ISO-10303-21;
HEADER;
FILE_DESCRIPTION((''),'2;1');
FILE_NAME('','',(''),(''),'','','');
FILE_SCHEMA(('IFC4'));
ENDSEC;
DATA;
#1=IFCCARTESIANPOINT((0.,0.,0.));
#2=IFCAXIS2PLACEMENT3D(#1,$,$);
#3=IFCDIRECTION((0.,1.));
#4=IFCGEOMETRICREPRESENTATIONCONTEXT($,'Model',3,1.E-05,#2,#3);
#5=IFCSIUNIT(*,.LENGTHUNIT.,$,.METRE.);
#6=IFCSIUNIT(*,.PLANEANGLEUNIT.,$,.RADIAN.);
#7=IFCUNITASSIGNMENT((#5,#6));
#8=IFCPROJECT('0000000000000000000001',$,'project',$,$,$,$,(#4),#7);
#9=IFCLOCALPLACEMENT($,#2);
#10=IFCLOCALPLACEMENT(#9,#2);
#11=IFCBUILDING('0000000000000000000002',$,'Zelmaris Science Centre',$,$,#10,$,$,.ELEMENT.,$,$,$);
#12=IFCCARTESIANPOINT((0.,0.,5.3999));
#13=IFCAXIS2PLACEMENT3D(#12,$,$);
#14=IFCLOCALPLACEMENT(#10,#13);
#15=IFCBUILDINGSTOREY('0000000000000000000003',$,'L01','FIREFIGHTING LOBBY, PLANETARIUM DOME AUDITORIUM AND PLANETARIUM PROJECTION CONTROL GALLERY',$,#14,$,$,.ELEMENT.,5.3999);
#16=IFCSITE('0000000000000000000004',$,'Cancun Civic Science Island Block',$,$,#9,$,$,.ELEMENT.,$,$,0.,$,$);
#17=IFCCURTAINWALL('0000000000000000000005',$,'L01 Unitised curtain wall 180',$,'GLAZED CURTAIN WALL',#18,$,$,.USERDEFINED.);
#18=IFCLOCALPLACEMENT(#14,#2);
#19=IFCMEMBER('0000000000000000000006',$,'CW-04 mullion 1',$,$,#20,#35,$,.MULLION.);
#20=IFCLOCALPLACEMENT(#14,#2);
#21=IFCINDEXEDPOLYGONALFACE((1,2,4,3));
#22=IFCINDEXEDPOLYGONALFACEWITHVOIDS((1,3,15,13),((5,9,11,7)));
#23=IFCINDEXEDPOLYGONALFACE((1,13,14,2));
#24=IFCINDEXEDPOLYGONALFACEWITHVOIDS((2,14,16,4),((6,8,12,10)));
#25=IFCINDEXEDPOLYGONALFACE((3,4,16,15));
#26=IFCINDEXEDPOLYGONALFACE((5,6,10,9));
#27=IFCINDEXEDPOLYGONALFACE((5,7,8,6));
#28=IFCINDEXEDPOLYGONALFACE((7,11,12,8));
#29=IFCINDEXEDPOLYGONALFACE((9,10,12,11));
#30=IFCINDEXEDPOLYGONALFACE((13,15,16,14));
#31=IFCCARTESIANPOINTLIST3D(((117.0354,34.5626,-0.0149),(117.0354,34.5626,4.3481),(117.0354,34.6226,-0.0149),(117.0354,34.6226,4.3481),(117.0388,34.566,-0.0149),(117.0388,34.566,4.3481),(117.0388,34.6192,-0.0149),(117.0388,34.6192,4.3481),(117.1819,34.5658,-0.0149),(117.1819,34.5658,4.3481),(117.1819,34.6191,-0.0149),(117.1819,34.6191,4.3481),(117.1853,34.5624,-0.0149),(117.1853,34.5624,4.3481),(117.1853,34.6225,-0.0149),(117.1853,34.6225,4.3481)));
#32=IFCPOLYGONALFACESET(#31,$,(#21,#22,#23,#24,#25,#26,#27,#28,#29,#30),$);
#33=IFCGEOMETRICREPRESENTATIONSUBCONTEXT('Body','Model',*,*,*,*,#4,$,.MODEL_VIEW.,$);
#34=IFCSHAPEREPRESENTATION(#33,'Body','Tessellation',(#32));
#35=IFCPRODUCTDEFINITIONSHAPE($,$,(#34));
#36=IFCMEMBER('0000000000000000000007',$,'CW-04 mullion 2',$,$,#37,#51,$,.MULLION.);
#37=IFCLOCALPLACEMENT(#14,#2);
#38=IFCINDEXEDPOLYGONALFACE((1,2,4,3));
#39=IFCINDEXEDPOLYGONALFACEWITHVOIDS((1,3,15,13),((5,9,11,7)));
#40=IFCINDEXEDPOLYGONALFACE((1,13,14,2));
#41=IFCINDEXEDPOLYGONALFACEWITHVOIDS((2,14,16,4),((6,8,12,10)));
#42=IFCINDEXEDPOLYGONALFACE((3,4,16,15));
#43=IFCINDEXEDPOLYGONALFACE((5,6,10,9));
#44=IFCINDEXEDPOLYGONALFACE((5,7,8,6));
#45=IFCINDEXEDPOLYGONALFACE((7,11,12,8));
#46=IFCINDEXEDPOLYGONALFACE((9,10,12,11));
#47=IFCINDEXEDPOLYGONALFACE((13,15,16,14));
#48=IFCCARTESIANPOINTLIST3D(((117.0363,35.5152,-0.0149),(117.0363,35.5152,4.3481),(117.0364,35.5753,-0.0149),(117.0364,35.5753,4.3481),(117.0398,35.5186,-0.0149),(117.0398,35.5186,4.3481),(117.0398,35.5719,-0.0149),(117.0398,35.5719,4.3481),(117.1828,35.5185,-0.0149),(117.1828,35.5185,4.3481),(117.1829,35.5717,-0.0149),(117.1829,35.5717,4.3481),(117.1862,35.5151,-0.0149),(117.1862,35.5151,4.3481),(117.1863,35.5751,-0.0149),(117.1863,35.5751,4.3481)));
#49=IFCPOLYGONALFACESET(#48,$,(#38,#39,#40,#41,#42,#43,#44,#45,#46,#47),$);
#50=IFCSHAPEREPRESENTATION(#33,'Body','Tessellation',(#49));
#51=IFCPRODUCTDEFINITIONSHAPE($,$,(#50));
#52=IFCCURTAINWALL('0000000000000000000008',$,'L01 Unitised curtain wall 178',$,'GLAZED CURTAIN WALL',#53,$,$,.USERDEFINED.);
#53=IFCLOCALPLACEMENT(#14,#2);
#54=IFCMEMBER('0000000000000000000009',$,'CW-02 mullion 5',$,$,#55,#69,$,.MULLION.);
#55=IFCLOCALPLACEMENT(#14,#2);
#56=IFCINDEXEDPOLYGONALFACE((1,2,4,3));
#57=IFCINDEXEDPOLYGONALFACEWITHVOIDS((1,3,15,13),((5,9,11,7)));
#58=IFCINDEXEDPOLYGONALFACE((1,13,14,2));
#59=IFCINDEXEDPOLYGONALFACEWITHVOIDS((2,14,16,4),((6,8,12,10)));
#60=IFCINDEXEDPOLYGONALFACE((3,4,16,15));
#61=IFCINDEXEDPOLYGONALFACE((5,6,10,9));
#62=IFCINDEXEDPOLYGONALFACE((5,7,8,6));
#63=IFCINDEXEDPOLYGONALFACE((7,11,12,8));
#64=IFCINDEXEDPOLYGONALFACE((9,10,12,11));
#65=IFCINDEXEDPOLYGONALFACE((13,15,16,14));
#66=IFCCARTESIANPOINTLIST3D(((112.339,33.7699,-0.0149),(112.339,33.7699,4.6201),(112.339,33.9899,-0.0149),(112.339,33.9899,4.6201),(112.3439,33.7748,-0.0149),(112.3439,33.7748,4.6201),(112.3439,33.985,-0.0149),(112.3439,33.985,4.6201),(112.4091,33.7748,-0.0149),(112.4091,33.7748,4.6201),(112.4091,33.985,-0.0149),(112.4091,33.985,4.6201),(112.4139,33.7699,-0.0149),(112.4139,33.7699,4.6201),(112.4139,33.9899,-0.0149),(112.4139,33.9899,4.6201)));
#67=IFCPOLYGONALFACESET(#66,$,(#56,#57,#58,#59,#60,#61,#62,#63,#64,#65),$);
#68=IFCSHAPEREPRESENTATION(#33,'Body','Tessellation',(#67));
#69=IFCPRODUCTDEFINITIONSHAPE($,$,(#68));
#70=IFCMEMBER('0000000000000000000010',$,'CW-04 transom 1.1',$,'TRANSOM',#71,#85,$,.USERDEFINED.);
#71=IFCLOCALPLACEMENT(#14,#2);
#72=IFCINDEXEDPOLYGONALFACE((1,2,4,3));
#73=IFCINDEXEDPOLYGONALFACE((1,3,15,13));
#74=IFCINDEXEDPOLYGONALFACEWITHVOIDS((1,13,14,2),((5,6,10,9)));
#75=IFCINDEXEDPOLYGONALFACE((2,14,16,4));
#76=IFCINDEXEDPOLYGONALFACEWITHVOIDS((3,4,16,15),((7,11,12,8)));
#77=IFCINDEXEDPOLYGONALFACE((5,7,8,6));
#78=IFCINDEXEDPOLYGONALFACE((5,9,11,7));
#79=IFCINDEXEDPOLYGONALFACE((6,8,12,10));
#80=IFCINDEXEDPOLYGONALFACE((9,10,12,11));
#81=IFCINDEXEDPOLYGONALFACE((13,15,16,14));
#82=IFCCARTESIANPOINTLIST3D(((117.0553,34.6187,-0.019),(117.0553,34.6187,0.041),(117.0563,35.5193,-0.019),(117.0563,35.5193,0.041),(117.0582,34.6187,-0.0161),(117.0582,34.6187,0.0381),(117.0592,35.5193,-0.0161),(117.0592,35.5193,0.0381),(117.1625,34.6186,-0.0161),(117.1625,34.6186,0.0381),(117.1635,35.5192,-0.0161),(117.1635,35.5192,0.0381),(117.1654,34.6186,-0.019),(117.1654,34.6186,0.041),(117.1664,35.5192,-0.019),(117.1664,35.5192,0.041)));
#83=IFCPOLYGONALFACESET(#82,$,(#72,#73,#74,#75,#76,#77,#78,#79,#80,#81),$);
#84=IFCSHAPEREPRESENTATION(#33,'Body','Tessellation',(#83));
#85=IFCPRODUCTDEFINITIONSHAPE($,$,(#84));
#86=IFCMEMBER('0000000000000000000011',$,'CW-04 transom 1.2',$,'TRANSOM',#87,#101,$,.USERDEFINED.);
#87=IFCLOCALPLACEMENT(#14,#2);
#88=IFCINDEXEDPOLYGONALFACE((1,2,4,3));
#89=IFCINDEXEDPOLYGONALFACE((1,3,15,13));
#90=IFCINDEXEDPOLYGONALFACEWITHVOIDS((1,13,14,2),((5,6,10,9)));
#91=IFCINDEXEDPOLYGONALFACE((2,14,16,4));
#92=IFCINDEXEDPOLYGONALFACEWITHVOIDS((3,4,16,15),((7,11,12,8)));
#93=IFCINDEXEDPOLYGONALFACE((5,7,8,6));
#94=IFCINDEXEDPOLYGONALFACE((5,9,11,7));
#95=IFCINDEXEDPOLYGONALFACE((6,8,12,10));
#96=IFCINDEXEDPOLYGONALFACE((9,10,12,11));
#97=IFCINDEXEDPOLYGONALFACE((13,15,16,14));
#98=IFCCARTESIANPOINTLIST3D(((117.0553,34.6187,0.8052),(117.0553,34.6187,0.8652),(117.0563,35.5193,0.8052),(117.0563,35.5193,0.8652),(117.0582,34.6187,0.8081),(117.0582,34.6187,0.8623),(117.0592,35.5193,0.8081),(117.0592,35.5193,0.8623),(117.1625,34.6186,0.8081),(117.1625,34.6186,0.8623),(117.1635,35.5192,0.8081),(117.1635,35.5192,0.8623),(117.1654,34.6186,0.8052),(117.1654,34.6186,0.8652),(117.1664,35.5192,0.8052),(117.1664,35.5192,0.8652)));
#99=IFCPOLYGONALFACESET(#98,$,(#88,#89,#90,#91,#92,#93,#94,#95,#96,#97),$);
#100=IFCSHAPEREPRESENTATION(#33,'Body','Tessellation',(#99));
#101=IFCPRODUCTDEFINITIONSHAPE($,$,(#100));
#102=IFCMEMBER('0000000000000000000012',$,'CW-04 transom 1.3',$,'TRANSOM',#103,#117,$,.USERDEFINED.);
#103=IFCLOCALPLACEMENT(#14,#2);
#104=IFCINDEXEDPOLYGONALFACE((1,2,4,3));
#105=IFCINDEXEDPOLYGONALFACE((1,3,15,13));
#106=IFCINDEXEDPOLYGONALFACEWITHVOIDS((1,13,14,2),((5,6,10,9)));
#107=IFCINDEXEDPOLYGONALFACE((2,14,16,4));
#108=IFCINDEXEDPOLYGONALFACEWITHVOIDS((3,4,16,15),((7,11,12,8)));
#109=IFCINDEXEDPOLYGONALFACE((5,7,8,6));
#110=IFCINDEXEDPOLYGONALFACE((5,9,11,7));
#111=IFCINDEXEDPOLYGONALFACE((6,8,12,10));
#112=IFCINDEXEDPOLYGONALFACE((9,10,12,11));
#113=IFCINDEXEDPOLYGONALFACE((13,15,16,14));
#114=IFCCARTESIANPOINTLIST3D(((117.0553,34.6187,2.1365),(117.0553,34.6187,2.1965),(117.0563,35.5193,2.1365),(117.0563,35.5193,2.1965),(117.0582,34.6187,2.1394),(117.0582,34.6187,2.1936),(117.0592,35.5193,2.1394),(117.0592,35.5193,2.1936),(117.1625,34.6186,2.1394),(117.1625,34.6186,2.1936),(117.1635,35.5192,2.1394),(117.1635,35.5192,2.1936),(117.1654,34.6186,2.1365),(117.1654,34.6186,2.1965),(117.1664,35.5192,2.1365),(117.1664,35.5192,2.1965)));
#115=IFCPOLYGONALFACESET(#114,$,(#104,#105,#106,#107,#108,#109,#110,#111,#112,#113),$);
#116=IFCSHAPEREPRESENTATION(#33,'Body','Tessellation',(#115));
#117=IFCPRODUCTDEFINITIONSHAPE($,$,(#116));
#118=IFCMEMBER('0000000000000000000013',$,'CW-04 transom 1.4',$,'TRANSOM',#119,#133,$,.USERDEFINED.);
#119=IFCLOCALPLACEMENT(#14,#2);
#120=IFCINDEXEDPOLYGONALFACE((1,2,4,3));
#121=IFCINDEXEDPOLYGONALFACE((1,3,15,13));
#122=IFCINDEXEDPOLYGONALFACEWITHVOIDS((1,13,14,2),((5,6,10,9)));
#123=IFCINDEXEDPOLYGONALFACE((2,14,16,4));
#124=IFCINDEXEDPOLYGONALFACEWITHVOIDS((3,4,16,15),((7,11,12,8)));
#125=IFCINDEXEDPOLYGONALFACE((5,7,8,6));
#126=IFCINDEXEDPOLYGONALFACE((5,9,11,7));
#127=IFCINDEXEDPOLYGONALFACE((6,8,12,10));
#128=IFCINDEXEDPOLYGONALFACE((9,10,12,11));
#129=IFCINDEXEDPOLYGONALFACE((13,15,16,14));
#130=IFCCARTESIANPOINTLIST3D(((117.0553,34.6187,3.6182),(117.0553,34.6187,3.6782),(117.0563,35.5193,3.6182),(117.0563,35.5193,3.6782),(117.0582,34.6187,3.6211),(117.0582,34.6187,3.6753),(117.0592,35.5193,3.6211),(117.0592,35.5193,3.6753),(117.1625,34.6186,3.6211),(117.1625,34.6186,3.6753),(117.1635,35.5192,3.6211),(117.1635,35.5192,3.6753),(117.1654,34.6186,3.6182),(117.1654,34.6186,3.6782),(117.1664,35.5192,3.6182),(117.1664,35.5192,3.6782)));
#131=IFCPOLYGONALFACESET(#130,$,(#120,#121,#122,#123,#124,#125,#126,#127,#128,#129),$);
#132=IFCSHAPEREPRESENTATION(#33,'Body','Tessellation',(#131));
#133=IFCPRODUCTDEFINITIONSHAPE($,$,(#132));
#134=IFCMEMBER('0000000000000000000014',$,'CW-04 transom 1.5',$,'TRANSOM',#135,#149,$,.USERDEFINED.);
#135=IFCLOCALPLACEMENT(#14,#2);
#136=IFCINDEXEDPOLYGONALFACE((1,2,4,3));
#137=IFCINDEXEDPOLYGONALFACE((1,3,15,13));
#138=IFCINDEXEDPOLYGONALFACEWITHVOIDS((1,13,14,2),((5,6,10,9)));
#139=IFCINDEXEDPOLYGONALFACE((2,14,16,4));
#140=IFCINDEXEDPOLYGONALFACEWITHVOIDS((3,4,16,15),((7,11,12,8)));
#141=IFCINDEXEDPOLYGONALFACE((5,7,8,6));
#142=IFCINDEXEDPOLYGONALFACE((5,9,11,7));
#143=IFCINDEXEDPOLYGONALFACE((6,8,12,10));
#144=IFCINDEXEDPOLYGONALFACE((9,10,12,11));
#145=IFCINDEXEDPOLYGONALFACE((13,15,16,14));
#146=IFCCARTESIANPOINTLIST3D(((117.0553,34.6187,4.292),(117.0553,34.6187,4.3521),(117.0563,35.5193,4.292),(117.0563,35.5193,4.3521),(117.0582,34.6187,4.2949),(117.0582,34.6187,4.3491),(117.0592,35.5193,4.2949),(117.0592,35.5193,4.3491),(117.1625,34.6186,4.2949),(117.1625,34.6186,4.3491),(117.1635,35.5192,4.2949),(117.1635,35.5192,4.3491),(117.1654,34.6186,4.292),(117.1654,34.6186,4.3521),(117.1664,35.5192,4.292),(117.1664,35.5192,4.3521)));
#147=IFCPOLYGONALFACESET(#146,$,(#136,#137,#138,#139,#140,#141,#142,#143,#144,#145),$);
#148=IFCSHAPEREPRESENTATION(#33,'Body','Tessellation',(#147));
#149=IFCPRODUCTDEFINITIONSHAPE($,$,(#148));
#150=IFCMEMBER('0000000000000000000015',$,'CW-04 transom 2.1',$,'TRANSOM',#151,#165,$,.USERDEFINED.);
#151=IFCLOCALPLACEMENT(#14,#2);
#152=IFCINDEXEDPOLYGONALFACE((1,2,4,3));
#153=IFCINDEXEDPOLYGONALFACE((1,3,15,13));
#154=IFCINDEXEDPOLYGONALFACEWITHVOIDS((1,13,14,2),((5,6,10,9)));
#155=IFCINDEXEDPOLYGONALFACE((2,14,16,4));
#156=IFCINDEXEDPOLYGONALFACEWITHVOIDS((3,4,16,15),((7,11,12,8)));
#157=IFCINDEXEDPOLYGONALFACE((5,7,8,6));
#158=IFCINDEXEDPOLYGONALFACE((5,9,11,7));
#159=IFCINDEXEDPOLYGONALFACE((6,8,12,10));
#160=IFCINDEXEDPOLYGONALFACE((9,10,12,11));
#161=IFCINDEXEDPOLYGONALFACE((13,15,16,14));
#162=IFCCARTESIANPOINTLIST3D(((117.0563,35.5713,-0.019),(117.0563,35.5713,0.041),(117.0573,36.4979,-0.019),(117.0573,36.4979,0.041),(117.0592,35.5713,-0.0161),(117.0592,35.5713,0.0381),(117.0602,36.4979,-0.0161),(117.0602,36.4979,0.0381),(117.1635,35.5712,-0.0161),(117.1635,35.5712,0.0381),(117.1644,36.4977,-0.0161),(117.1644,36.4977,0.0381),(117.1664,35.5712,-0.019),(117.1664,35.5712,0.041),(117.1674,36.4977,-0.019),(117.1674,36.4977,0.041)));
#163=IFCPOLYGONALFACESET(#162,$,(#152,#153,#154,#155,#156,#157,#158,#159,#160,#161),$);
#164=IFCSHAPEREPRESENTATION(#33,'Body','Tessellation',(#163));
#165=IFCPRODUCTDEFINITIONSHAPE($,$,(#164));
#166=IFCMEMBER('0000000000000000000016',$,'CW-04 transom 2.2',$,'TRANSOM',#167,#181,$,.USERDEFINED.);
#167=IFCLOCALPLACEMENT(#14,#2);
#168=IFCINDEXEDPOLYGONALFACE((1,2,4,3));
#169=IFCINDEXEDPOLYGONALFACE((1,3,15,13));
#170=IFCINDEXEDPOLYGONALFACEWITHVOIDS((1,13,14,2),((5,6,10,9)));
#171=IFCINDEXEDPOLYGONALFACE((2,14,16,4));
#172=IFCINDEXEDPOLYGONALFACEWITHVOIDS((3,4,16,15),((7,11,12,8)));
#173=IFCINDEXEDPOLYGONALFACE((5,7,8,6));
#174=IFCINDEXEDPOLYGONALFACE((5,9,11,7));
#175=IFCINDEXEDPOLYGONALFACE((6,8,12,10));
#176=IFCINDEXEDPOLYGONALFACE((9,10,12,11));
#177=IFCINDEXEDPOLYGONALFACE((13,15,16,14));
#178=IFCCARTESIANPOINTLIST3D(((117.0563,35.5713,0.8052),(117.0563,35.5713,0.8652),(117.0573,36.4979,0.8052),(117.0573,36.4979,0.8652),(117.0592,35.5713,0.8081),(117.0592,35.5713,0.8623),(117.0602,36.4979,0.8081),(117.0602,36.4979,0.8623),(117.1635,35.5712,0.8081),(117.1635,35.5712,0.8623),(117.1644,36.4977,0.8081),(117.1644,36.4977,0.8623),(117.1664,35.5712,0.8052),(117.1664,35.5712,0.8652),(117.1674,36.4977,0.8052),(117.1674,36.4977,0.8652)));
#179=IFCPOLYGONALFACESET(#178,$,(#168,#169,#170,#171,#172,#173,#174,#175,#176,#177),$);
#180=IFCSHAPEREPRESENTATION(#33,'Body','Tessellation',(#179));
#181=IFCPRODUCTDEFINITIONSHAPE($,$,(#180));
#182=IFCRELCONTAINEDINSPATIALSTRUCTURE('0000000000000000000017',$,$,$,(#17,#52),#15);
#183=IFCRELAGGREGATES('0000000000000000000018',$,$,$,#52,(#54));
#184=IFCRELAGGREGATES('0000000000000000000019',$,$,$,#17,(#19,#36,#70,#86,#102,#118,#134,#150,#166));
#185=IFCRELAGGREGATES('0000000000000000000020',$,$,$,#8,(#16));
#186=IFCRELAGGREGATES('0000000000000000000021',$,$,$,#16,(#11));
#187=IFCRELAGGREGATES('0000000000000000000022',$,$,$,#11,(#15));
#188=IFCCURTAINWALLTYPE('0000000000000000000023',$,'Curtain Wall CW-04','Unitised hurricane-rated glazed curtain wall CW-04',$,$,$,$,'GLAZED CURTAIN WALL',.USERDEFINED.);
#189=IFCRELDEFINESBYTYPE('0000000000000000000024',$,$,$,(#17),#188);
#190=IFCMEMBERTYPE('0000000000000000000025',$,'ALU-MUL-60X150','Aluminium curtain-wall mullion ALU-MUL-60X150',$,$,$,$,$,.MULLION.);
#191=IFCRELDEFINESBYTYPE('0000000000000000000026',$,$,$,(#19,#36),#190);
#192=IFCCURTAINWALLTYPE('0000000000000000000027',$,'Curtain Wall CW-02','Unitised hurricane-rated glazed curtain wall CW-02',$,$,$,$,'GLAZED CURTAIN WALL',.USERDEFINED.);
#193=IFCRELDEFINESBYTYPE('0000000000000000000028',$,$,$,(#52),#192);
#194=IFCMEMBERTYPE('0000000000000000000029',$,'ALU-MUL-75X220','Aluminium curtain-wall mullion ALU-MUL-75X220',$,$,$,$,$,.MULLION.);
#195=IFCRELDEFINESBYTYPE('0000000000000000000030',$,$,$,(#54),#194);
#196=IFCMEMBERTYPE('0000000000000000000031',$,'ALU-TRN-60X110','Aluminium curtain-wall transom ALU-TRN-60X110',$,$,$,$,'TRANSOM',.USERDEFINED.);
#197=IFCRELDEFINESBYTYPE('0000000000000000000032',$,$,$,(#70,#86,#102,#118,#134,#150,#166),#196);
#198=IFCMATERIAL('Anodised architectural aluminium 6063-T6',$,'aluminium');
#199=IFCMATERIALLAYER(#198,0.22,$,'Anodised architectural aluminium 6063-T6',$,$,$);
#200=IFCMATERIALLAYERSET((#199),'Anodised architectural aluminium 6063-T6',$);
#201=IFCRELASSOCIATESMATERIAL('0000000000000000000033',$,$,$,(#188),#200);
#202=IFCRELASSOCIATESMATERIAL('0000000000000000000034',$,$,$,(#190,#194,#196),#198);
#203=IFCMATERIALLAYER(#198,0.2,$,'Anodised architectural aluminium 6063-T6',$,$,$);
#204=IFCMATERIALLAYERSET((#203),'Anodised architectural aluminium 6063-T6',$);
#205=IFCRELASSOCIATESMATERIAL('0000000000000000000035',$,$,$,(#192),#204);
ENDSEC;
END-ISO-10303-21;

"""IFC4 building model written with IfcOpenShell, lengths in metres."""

from ifc_helpers import new_model, si_unit, direction, frame, origin, origin_2d, place, context, subcontext, project, spatial, hollow_rectangle, extrude, material, layer, layer_set, material_profile, profile_set, type_object, element, aggregate, save


model = new_model("IFC4")

# Units and contexts
model_context = context("Model", 3, precision=1e-05, world=origin(), true_north=direction((0.0, 1.0)))
body_context = subcontext(model_context, "Body", "Model", "MODEL_VIEW")
ifc_project = project(units=[si_unit("LENGTHUNIT", "METRE"), si_unit("PLANEANGLEUNIT", "RADIAN")], contexts=[model_context])

# Site, building, storey
site_placement = place(None, origin())
site = spatial("IfcSite", under=ifc_project, at=site_placement, Name="Cancun Civic Science Island Block", CompositionType="ELEMENT", RefElevation=0.0)
building_placement = place(site_placement, origin())
building = spatial("IfcBuilding", under=site, at=building_placement, Name="Zelmaris Science Centre", CompositionType="ELEMENT")
storey_placement = place(building_placement, frame((0.0, 0.0, 5.3999)))
storey = spatial("IfcBuildingStorey", under=building, at=storey_placement, Name="L01", Description="FIREFIGHTING LOBBY, PLANETARIUM DOME AUDITORIUM AND PLANETARIUM PROJECTION CONTROL GALLERY", CompositionType="ELEMENT", Elevation=5.3999)

# Curtain wall, members
ifc_material_1 = material(Name="Anodised architectural aluminium 6063-T6", Category="aluminium")
ifc_layer_1 = layer(ifc_material_1, 0.22, Name="Anodised architectural aluminium 6063-T6")
ifc_layer_set_1 = layer_set([ifc_layer_1], Name="Anodised architectural aluminium 6063-T6")
curtain_wall_type_1 = type_object("IfcCurtainWallType", Name="Curtain Wall CW-04", Description="Unitised hurricane-rated glazed curtain wall CW-04", ElementType="GLAZED CURTAIN WALL", PredefinedType="USERDEFINED", material=ifc_layer_set_1)
curtain_wall_1_placement = place(storey_placement, origin())
curtain_wall_1 = element("IfcCurtainWall", 1, at=curtain_wall_1_placement, inside=storey, type_object=curtain_wall_type_1, Name="L01 Unitised curtain wall 180", ObjectType="GLAZED CURTAIN WALL", PredefinedType="USERDEFINED")
ifc_material_profile_1 = material_profile(ifc_material_1, hollow_rectangle(XDim=0.0601, YDim=0.1499, WallThickness=0.0034, at=origin_2d()), Name="ALU-MUL-60X150")
ifc_profile_set_1 = profile_set([ifc_material_profile_1], Name="Anodised architectural aluminium 6063-T6")
member_type_1 = type_object("IfcMemberType", Name="ALU-MUL-60X150", Description="Aluminium curtain-wall mullion ALU-MUL-60X150", PredefinedType="MULLION", material=ifc_profile_set_1)
member_1_placement = place(storey_placement, frame((117.1104, 34.5925, -0.0149), z_axis=(0.0, 0.0, 1.0), x_axis=(0.001019, 0.999999, 0.0)))
member_1 = element("IfcMember", 2, at=member_1_placement, type_object=member_type_1, Name="CW-04 mullion 1", PredefinedType="MULLION", context=body_context, shape_type="SweptSolid", body=[
    extrude(hollow_rectangle(XDim=0.0601, YDim=0.1499, WallThickness=0.0034, at=origin_2d()), origin(), (0.0, 0.0, 1.0), 4.363),
])
member_2_placement = place(storey_placement, frame((117.1113, 35.5452, -0.0149), z_axis=(0.0, 0.0, 1.0), x_axis=(0.001019, 0.999999, 0.0)))
member_2 = element("IfcMember", 3, at=member_2_placement, type_object=member_type_1, Name="CW-04 mullion 2", PredefinedType="MULLION", context=body_context, shape_type="SweptSolid", body=[
    extrude(hollow_rectangle(XDim=0.0601, YDim=0.1499, WallThickness=0.0034, at=origin_2d()), origin(), (0.0, 0.0, 1.0), 4.363),
])

# Curtain wall, member
ifc_layer_2 = layer(ifc_material_1, 0.2, Name="Anodised architectural aluminium 6063-T6")
ifc_layer_set_2 = layer_set([ifc_layer_2], Name="Anodised architectural aluminium 6063-T6")
curtain_wall_type_2 = type_object("IfcCurtainWallType", Name="Curtain Wall CW-02", Description="Unitised hurricane-rated glazed curtain wall CW-02", ElementType="GLAZED CURTAIN WALL", PredefinedType="USERDEFINED", material=ifc_layer_set_2)
curtain_wall_2_placement = place(storey_placement, origin())
curtain_wall_2 = element("IfcCurtainWall", 4, at=curtain_wall_2_placement, inside=storey, type_object=curtain_wall_type_2, Name="L01 Unitised curtain wall 178", ObjectType="GLAZED CURTAIN WALL", PredefinedType="USERDEFINED")
ifc_material_profile_2 = material_profile(ifc_material_1, hollow_rectangle(XDim=0.075, YDim=0.22, WallThickness=0.0049, at=origin_2d()), Name="ALU-MUL-75X220")
ifc_profile_set_2 = profile_set([ifc_material_profile_2], Name="Anodised architectural aluminium 6063-T6")
member_type_2 = type_object("IfcMemberType", Name="ALU-MUL-75X220", Description="Aluminium curtain-wall mullion ALU-MUL-75X220", PredefinedType="MULLION", material=ifc_profile_set_2)
member_3_placement = place(storey_placement, frame((112.3765, 33.8799, -0.0149), z_axis=(0.0, 0.0, 1.0), x_axis=(1.0, 0.000007, 0.0)))
member_3 = element("IfcMember", 5, at=member_3_placement, type_object=member_type_2, Name="CW-02 mullion 5", PredefinedType="MULLION", context=body_context, shape_type="SweptSolid", body=[
    extrude(hollow_rectangle(XDim=0.075, YDim=0.22, WallThickness=0.0049, at=origin_2d()), origin(), (0.0, 0.0, 1.0), 4.635),
])

# Members
ifc_material_profile_3 = material_profile(ifc_material_1, hollow_rectangle(XDim=0.0601, YDim=0.1101, WallThickness=0.0029, at=origin_2d()), Name="ALU-TRN-60X110")
ifc_profile_set_3 = profile_set([ifc_material_profile_3], Name="Anodised architectural aluminium 6063-T6")
member_type_3 = type_object("IfcMemberType", Name="ALU-TRN-60X110", Description="Aluminium curtain-wall transom ALU-TRN-60X110", ElementType="TRANSOM", PredefinedType="USERDEFINED", material=ifc_profile_set_3)
member_4_placement = place(storey_placement, frame((117.1104, 34.6187, 0.011), z_axis=(0.001084, 0.999999, 0.0), x_axis=(0.0, 0.0, 1.0)))
member_4 = element("IfcMember", 6, at=member_4_placement, type_object=member_type_3, Name="CW-04 transom 1.1", ObjectType="TRANSOM", PredefinedType="USERDEFINED", context=body_context, shape_type="SweptSolid", body=[
    extrude(hollow_rectangle(XDim=0.0601, YDim=0.1101, WallThickness=0.0029, at=origin_2d()), origin(), (0.0, 0.0, 1.0), 0.9006),
])
member_5_placement = place(storey_placement, frame((117.1104, 34.6187, 0.8352), z_axis=(0.001084, 0.999999, 0.0), x_axis=(0.0, 0.0, 1.0)))
member_5 = element("IfcMember", 7, at=member_5_placement, type_object=member_type_3, Name="CW-04 transom 1.2", ObjectType="TRANSOM", PredefinedType="USERDEFINED", context=body_context, shape_type="SweptSolid", body=[
    extrude(hollow_rectangle(XDim=0.0601, YDim=0.1101, WallThickness=0.0029, at=origin_2d()), origin(), (0.0, 0.0, 1.0), 0.9006),
])
member_6_placement = place(storey_placement, frame((117.1104, 34.6187, 2.1665), z_axis=(0.001084, 0.999999, 0.0), x_axis=(0.0, 0.0, 1.0)))
member_6 = element("IfcMember", 8, at=member_6_placement, type_object=member_type_3, Name="CW-04 transom 1.3", ObjectType="TRANSOM", PredefinedType="USERDEFINED", context=body_context, shape_type="SweptSolid", body=[
    extrude(hollow_rectangle(XDim=0.0601, YDim=0.1101, WallThickness=0.0029, at=origin_2d()), origin(), (0.0, 0.0, 1.0), 0.9006),
])
member_7_placement = place(storey_placement, frame((117.1104, 34.6187, 3.6482), z_axis=(0.001084, 0.999999, 0.0), x_axis=(0.0, 0.0, 1.0)))
member_7 = element("IfcMember", 9, at=member_7_placement, type_object=member_type_3, Name="CW-04 transom 1.4", ObjectType="TRANSOM", PredefinedType="USERDEFINED", context=body_context, shape_type="SweptSolid", body=[
    extrude(hollow_rectangle(XDim=0.0601, YDim=0.1101, WallThickness=0.0029, at=origin_2d()), origin(), (0.0, 0.0, 1.0), 0.9006),
])
member_8_placement = place(storey_placement, frame((117.1104, 34.6187, 4.322), z_axis=(0.001084, 0.999999, 0.0), x_axis=(0.0, 0.0, 1.0)))
member_8 = element("IfcMember", 10, at=member_8_placement, type_object=member_type_3, Name="CW-04 transom 1.5", ObjectType="TRANSOM", PredefinedType="USERDEFINED", context=body_context, shape_type="SweptSolid", body=[
    extrude(hollow_rectangle(XDim=0.0601, YDim=0.1101, WallThickness=0.0029, at=origin_2d()), origin(), (0.0, 0.0, 1.0), 0.9006),
])
member_9_placement = place(storey_placement, frame((117.1113, 35.5713, 0.011), z_axis=(0.001054, 0.999999, 0.0), x_axis=(0.0, 0.0, 1.0)))
member_9 = element("IfcMember", 11, at=member_9_placement, type_object=member_type_3, Name="CW-04 transom 2.1", ObjectType="TRANSOM", PredefinedType="USERDEFINED", context=body_context, shape_type="SweptSolid", body=[
    extrude(hollow_rectangle(XDim=0.0601, YDim=0.1101, WallThickness=0.0029, at=origin_2d()), origin(), (0.0, 0.0, 1.0), 0.9265),
])
member_10_placement = place(storey_placement, frame((117.1113, 35.5713, 0.8352), z_axis=(0.001054, 0.999999, 0.0), x_axis=(0.0, 0.0, 1.0)))
member_10 = element("IfcMember", 12, at=member_10_placement, type_object=member_type_3, Name="CW-04 transom 2.2", ObjectType="TRANSOM", PredefinedType="USERDEFINED", context=body_context, shape_type="SweptSolid", body=[
    extrude(hollow_rectangle(XDim=0.0601, YDim=0.1101, WallThickness=0.0029, at=origin_2d()), origin(), (0.0, 0.0, 1.0), 0.9265),
])

aggregate(curtain_wall_2, [member_3])
aggregate(curtain_wall_1, [member_1, member_2, member_4, member_5, member_6, member_7, member_8, member_9, member_10])

save(model, "model.ifc")
